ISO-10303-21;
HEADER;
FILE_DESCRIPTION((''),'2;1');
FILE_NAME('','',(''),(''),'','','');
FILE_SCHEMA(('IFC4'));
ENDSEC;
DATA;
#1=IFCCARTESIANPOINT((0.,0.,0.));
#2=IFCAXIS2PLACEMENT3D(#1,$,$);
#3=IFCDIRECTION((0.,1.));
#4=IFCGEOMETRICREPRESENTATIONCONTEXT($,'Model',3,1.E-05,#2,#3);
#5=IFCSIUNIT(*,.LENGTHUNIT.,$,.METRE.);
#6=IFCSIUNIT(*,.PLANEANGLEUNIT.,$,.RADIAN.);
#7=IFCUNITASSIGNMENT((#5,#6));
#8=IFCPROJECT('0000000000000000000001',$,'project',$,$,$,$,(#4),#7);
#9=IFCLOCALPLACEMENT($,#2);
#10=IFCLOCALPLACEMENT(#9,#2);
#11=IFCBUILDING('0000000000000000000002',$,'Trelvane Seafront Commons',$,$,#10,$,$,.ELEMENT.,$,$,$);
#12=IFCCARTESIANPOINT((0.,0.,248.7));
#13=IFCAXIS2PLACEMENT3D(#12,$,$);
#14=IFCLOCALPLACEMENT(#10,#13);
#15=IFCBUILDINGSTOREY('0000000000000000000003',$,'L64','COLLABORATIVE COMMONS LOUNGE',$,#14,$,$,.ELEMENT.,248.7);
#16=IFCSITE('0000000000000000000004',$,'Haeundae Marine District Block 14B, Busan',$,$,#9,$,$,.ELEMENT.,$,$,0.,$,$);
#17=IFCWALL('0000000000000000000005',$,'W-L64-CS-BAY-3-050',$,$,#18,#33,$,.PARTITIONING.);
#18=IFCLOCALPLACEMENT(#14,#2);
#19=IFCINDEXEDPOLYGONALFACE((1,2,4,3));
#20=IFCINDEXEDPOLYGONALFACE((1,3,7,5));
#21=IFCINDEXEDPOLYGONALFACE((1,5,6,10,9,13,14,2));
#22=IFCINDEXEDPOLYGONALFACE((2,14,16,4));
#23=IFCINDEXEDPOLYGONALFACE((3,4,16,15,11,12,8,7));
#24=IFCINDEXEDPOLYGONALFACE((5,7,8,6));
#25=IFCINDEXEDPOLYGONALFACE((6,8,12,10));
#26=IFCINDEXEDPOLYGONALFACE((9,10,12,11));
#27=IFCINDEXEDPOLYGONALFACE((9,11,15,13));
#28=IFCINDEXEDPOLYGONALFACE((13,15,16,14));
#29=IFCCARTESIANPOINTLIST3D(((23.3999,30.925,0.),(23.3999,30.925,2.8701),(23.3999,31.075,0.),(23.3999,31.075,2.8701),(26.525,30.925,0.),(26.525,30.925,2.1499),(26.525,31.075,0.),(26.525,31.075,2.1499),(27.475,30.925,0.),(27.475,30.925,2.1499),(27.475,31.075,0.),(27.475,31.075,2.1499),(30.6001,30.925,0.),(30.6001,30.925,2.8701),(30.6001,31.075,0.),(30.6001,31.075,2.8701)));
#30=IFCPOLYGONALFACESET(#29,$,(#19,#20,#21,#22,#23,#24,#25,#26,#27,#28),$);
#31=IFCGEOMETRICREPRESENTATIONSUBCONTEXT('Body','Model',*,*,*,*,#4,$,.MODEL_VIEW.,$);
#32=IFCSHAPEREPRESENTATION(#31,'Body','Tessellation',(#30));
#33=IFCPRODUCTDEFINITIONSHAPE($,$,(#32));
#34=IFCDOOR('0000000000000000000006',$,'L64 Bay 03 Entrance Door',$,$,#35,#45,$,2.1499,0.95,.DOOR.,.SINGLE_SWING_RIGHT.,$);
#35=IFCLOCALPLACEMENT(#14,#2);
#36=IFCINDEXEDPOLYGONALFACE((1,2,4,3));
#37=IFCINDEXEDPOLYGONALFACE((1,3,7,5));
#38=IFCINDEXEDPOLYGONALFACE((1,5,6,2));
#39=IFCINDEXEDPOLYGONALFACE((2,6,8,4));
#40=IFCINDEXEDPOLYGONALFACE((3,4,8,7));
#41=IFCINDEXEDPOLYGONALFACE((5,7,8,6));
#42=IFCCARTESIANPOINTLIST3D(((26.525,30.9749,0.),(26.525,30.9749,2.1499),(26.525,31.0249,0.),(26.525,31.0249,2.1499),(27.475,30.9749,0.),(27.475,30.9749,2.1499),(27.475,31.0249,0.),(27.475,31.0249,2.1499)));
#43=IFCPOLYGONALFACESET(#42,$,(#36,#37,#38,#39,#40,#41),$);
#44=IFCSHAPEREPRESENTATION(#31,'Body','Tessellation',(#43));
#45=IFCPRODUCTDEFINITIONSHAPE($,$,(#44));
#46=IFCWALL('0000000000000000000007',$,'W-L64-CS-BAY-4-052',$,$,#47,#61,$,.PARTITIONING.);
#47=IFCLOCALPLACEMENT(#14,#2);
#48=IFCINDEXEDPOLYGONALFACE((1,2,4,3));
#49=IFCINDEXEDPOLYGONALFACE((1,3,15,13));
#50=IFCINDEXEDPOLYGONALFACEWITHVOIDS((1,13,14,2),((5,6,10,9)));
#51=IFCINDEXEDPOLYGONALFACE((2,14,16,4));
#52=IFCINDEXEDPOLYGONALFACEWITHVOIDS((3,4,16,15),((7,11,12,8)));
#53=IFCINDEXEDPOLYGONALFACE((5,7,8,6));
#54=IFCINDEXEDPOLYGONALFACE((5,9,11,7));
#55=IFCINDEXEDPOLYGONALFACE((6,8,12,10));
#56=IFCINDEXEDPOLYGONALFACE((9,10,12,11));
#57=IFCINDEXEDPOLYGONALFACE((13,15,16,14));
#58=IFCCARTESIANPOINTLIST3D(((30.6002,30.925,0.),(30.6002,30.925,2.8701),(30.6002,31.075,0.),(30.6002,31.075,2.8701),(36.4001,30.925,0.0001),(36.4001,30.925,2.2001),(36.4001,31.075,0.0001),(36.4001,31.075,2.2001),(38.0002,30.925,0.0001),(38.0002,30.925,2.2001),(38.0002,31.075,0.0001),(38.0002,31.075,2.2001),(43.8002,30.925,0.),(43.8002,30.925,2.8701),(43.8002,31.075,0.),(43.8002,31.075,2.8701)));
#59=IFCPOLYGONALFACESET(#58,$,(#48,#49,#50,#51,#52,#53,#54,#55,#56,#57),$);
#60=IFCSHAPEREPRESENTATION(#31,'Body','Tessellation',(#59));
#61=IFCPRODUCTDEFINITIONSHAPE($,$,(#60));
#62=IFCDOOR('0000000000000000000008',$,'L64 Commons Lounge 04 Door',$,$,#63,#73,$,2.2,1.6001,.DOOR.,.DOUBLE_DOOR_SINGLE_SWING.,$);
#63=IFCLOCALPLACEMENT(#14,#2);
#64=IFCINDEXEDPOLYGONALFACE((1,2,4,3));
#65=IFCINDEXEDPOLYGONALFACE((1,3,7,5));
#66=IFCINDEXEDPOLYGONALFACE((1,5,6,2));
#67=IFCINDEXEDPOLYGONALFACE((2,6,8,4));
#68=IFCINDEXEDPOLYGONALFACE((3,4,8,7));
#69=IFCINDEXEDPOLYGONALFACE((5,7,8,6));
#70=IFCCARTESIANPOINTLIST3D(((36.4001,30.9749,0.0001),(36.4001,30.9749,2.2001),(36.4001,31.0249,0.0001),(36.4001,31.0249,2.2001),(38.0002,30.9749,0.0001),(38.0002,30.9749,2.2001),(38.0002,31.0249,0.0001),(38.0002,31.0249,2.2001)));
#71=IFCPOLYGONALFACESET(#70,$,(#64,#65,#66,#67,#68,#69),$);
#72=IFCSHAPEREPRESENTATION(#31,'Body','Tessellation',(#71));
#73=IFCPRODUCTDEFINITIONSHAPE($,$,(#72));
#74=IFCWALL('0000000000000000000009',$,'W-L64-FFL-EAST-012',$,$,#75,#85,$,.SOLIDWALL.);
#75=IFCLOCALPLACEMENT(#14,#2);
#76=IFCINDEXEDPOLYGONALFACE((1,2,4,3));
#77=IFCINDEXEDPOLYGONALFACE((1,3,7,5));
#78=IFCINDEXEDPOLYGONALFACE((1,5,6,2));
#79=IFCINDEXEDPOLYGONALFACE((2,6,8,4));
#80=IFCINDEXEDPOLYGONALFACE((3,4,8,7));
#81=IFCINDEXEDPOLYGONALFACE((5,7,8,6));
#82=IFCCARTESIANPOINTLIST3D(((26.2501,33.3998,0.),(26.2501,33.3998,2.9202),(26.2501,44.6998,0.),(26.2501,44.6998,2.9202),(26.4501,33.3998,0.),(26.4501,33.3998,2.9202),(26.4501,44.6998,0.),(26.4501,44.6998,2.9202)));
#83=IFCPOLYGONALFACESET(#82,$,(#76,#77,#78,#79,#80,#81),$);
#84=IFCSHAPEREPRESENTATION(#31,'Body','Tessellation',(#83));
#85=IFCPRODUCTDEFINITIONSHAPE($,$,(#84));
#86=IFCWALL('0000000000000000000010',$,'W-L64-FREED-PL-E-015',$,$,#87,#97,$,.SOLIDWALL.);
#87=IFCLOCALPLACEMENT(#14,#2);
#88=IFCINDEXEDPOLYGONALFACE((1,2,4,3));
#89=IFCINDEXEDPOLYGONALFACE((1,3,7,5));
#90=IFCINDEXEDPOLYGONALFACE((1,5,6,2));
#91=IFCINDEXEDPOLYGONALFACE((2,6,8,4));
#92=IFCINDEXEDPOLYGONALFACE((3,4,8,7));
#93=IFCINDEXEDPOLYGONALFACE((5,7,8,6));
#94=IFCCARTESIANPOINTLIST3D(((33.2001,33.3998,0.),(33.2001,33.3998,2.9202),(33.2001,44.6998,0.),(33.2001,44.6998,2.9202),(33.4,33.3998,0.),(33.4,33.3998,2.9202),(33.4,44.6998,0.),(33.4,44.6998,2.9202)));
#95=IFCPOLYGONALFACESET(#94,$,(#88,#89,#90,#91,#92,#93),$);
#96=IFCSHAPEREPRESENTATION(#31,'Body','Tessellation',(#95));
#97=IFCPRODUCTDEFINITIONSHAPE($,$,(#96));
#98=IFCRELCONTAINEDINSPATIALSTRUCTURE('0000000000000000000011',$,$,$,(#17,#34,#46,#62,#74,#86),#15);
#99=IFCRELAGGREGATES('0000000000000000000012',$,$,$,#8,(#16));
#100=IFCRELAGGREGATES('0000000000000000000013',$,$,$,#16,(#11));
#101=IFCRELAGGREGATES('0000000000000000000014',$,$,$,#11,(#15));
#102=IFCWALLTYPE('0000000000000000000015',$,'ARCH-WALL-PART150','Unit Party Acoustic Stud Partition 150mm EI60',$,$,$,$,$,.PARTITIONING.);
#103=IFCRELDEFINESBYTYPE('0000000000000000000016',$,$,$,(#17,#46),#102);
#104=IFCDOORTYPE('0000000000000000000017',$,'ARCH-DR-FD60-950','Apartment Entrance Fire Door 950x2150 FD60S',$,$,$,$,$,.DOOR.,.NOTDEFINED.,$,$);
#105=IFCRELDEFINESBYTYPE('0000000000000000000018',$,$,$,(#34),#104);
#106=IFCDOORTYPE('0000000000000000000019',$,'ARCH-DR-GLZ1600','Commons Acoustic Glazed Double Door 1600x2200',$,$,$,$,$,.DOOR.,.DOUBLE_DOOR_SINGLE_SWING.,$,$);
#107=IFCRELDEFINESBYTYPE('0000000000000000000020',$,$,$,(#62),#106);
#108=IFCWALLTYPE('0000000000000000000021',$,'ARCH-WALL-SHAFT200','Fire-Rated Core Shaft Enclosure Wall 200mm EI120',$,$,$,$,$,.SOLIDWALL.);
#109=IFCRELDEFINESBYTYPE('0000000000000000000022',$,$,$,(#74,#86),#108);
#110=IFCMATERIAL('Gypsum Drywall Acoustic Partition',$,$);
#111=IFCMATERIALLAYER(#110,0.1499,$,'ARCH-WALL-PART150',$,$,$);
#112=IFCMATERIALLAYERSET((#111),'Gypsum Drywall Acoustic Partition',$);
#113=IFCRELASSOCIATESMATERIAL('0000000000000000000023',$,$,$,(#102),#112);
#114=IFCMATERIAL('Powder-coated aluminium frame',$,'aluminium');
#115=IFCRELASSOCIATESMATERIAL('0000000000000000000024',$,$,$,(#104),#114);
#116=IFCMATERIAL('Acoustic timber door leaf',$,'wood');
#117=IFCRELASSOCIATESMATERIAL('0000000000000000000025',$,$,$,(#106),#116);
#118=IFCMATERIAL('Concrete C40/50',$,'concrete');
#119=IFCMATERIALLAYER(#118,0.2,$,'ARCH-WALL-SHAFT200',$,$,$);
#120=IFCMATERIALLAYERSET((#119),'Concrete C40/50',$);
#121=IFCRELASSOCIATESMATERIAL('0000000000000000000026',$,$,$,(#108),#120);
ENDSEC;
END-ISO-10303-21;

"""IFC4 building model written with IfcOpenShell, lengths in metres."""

from ifc_helpers import new_model, si_unit, direction, frame, frame_2d, origin, place, context, subcontext, project, spatial, rectangle, extrude, source, transform, mapped, material, layer, layer_set, type_object, element, fill, save


model = new_model("IFC4")

# Units and contexts
model_context = context("Model", 3, precision=1e-05, world=origin(), true_north=direction((0.0, 1.0)))
body_context = subcontext(model_context, "Body", "Model", "MODEL_VIEW")
ifc_project = project(units=[si_unit("LENGTHUNIT", "METRE"), si_unit("PLANEANGLEUNIT", "RADIAN")], contexts=[model_context])

# Site, building, storey
site_placement = place(None, origin())
site = spatial("IfcSite", under=ifc_project, at=site_placement, Name="Haeundae Marine District Block 14B, Busan", CompositionType="ELEMENT", RefElevation=0.0)
building_placement = place(site_placement, origin())
building = spatial("IfcBuilding", under=site, at=building_placement, Name="Trelvane Seafront Commons", CompositionType="ELEMENT")
storey_placement = place(building_placement, frame((0.0, 0.0, 248.7)))
storey = spatial("IfcBuildingStorey", under=building, at=storey_placement, Name="L64", Description="COLLABORATIVE COMMONS LOUNGE", CompositionType="ELEMENT", Elevation=248.7)

# Walls, openings, doors
ifc_material_1 = material(Name="Concrete C40/50", Category="concrete")
ifc_material_2 = material(Name="Powder-coated aluminium frame", Category="aluminium")
shared_shape_1 = source(origin(), body_context, "Body", "SweptSolid", [
    extrude(rectangle(XDim=1.6001, YDim=2.2, at=frame_2d((0.8, 1.1001))), frame((0.0, 0.0249, 0.0), z_axis=(0.0, -1.0, 0.0), x_axis=(1.0, 0.0, 0.0)), (0.0, 0.0, 1.0), 0.05),
])
ifc_material_3 = material(Name="Acoustic timber door leaf", Category="wood")
shared_shape_2 = source(origin(), body_context, "Body", "SweptSolid", [
    extrude(rectangle(XDim=0.95, YDim=2.1499, at=frame_2d((0.4751, 1.075))), frame((0.0, 0.0249, 0.0), z_axis=(0.0, -1.0, 0.0), x_axis=(1.0, 0.0, 0.0)), (0.0, 0.0, 1.0), 0.05),
])
ifc_material_4 = material(Name="Gypsum Drywall Acoustic Partition")
ifc_layer_1 = layer(ifc_material_4, 0.1499, Name="ARCH-WALL-PART150")
ifc_layer_set_1 = layer_set([ifc_layer_1], Name="Gypsum Drywall Acoustic Partition")
wall_type_1 = type_object("IfcWallType", Name="ARCH-WALL-PART150", Description="Unit Party Acoustic Stud Partition 150mm EI60", PredefinedType="PARTITIONING", material=ifc_layer_set_1)
wall_1_placement = place(storey_placement, frame((23.3999, 31.0, 0.0), z_axis=(0.0, 0.0, 1.0), x_axis=(1.0, 0.0, 0.0)))
wall_1 = element("IfcWall", 1, at=wall_1_placement, inside=storey, type_object=wall_type_1, Name="W-L64-CS-BAY-3-050", PredefinedType="PARTITIONING", context=body_context, shape_type="SweptSolid", body=[
    extrude(rectangle(XDim=7.2002, YDim=0.1499, at=frame_2d((3.6001, 0.0))), origin(), (0.0, 0.0, 1.0), 2.8701),
])
opening_1_placement = place(wall_1_placement, frame((3.125, 0.0, 0.0)))
opening_1 = element("IfcOpeningElement", 2, at=opening_1_placement, cuts=wall_1, PredefinedType="OPENING", context=body_context, shape_type="SweptSolid", body=[
    extrude(rectangle(XDim=0.95, YDim=2.1499, at=frame_2d((0.4751, 1.075))), frame((0.0, 0.085, 0.0), z_axis=(0.0, -1.0, 0.0), x_axis=(1.0, 0.0, 0.0)), (0.0, 0.0, 1.0), 0.1699),
])
door_type_1 = type_object("IfcDoorType", Name="ARCH-DR-FD60-950", Description="Apartment Entrance Fire Door 950x2150 FD60S", OperationType="NOTDEFINED", PredefinedType="DOOR", material=ifc_material_2)
door_1_placement = place(opening_1_placement, origin())
door_1 = element("IfcDoor", 3, at=door_1_placement, inside=storey, type_object=door_type_1, Name="L64 Bay 03 Entrance Door", OperationType="SINGLE_SWING_RIGHT", OverallHeight=2.1499, OverallWidth=0.95, PredefinedType="DOOR", context=body_context, shape_type="MappedRepresentation", body=[
    mapped(shared_shape_2, transform((0.0, 0.0, 0.0), x_axis=(1.0, 0.0, 0.0), y_axis=(0.0, 1.0, 0.0), z_axis=(0.0, 0.0, 1.0), scale=1.0)),
])
fill(opening_1, door_1)
wall_2_placement = place(storey_placement, frame((30.6001, 31.0, 0.0), z_axis=(0.0, 0.0, 1.0), x_axis=(1.0, 0.0, 0.0)))
wall_2 = element("IfcWall", 4, at=wall_2_placement, inside=storey, type_object=wall_type_1, Name="W-L64-CS-BAY-4-052", PredefinedType="PARTITIONING", context=body_context, shape_type="SweptSolid", body=[
    extrude(rectangle(XDim=13.2, YDim=0.1499, at=frame_2d((6.6001, 0.0))), origin(), (0.0, 0.0, 1.0), 2.8701),
])
opening_2_placement = place(wall_2_placement, frame((5.8, 0.0, 0.0)))
opening_2 = element("IfcOpeningElement", 5, at=opening_2_placement, cuts=wall_2, PredefinedType="OPENING", context=body_context, shape_type="SweptSolid", body=[
    extrude(rectangle(XDim=1.6001, YDim=2.2, at=frame_2d((0.8, 1.1001))), frame((0.0, 0.085, 0.0), z_axis=(0.0, -1.0, 0.0), x_axis=(1.0, 0.0, 0.0)), (0.0, 0.0, 1.0), 0.1699),
])
door_type_2 = type_object("IfcDoorType", Name="ARCH-DR-GLZ1600", Description="Commons Acoustic Glazed Double Door 1600x2200", OperationType="DOUBLE_DOOR_SINGLE_SWING", PredefinedType="DOOR", material=ifc_material_3)
door_2_placement = place(opening_2_placement, origin())
door_2 = element("IfcDoor", 6, at=door_2_placement, inside=storey, type_object=door_type_2, Name="L64 Commons Lounge 04 Door", OperationType="DOUBLE_DOOR_SINGLE_SWING", OverallHeight=2.2, OverallWidth=1.6001, PredefinedType="DOOR", context=body_context, shape_type="MappedRepresentation", body=[
    mapped(shared_shape_1, transform((0.0, 0.0, 0.0), x_axis=(1.0, 0.0, 0.0), y_axis=(0.0, 1.0, 0.0), z_axis=(0.0, 0.0, 1.0), scale=1.0)),
])
fill(opening_2, door_2)

# Walls
ifc_layer_2 = layer(ifc_material_1, 0.2, Name="ARCH-WALL-SHAFT200")
ifc_layer_set_2 = layer_set([ifc_layer_2], Name="Concrete C40/50")
wall_type_2 = type_object("IfcWallType", Name="ARCH-WALL-SHAFT200", Description="Fire-Rated Core Shaft Enclosure Wall 200mm EI120", PredefinedType="SOLIDWALL", material=ifc_layer_set_2)
for number, where, z_axis, x_axis, name in (
    (7, (26.3501, 33.3999, 0.0), (0.0, 0.0, 1.0), (0.0, 1.0, 0.0), "W-L64-FFL-EAST-012"),
    (8, (33.3, 33.3999, 0.0), (0.0, 0.0, 1.0), (0.0, 1.0, 0.0), "W-L64-FREED-PL-E-015"),
):
    element("IfcWall", number, at=place(storey_placement, frame(where, z_axis=z_axis, x_axis=x_axis)), inside=storey, type_object=wall_type_2, Name=name, PredefinedType="SOLIDWALL", context=body_context, shape_type="SweptSolid", body=[
        extrude(rectangle(XDim=11.3, YDim=0.2, at=frame_2d((5.6499, 0.0))), origin(), (0.0, 0.0, 1.0), 2.9202),
    ])

save(model, "model.ifc")
